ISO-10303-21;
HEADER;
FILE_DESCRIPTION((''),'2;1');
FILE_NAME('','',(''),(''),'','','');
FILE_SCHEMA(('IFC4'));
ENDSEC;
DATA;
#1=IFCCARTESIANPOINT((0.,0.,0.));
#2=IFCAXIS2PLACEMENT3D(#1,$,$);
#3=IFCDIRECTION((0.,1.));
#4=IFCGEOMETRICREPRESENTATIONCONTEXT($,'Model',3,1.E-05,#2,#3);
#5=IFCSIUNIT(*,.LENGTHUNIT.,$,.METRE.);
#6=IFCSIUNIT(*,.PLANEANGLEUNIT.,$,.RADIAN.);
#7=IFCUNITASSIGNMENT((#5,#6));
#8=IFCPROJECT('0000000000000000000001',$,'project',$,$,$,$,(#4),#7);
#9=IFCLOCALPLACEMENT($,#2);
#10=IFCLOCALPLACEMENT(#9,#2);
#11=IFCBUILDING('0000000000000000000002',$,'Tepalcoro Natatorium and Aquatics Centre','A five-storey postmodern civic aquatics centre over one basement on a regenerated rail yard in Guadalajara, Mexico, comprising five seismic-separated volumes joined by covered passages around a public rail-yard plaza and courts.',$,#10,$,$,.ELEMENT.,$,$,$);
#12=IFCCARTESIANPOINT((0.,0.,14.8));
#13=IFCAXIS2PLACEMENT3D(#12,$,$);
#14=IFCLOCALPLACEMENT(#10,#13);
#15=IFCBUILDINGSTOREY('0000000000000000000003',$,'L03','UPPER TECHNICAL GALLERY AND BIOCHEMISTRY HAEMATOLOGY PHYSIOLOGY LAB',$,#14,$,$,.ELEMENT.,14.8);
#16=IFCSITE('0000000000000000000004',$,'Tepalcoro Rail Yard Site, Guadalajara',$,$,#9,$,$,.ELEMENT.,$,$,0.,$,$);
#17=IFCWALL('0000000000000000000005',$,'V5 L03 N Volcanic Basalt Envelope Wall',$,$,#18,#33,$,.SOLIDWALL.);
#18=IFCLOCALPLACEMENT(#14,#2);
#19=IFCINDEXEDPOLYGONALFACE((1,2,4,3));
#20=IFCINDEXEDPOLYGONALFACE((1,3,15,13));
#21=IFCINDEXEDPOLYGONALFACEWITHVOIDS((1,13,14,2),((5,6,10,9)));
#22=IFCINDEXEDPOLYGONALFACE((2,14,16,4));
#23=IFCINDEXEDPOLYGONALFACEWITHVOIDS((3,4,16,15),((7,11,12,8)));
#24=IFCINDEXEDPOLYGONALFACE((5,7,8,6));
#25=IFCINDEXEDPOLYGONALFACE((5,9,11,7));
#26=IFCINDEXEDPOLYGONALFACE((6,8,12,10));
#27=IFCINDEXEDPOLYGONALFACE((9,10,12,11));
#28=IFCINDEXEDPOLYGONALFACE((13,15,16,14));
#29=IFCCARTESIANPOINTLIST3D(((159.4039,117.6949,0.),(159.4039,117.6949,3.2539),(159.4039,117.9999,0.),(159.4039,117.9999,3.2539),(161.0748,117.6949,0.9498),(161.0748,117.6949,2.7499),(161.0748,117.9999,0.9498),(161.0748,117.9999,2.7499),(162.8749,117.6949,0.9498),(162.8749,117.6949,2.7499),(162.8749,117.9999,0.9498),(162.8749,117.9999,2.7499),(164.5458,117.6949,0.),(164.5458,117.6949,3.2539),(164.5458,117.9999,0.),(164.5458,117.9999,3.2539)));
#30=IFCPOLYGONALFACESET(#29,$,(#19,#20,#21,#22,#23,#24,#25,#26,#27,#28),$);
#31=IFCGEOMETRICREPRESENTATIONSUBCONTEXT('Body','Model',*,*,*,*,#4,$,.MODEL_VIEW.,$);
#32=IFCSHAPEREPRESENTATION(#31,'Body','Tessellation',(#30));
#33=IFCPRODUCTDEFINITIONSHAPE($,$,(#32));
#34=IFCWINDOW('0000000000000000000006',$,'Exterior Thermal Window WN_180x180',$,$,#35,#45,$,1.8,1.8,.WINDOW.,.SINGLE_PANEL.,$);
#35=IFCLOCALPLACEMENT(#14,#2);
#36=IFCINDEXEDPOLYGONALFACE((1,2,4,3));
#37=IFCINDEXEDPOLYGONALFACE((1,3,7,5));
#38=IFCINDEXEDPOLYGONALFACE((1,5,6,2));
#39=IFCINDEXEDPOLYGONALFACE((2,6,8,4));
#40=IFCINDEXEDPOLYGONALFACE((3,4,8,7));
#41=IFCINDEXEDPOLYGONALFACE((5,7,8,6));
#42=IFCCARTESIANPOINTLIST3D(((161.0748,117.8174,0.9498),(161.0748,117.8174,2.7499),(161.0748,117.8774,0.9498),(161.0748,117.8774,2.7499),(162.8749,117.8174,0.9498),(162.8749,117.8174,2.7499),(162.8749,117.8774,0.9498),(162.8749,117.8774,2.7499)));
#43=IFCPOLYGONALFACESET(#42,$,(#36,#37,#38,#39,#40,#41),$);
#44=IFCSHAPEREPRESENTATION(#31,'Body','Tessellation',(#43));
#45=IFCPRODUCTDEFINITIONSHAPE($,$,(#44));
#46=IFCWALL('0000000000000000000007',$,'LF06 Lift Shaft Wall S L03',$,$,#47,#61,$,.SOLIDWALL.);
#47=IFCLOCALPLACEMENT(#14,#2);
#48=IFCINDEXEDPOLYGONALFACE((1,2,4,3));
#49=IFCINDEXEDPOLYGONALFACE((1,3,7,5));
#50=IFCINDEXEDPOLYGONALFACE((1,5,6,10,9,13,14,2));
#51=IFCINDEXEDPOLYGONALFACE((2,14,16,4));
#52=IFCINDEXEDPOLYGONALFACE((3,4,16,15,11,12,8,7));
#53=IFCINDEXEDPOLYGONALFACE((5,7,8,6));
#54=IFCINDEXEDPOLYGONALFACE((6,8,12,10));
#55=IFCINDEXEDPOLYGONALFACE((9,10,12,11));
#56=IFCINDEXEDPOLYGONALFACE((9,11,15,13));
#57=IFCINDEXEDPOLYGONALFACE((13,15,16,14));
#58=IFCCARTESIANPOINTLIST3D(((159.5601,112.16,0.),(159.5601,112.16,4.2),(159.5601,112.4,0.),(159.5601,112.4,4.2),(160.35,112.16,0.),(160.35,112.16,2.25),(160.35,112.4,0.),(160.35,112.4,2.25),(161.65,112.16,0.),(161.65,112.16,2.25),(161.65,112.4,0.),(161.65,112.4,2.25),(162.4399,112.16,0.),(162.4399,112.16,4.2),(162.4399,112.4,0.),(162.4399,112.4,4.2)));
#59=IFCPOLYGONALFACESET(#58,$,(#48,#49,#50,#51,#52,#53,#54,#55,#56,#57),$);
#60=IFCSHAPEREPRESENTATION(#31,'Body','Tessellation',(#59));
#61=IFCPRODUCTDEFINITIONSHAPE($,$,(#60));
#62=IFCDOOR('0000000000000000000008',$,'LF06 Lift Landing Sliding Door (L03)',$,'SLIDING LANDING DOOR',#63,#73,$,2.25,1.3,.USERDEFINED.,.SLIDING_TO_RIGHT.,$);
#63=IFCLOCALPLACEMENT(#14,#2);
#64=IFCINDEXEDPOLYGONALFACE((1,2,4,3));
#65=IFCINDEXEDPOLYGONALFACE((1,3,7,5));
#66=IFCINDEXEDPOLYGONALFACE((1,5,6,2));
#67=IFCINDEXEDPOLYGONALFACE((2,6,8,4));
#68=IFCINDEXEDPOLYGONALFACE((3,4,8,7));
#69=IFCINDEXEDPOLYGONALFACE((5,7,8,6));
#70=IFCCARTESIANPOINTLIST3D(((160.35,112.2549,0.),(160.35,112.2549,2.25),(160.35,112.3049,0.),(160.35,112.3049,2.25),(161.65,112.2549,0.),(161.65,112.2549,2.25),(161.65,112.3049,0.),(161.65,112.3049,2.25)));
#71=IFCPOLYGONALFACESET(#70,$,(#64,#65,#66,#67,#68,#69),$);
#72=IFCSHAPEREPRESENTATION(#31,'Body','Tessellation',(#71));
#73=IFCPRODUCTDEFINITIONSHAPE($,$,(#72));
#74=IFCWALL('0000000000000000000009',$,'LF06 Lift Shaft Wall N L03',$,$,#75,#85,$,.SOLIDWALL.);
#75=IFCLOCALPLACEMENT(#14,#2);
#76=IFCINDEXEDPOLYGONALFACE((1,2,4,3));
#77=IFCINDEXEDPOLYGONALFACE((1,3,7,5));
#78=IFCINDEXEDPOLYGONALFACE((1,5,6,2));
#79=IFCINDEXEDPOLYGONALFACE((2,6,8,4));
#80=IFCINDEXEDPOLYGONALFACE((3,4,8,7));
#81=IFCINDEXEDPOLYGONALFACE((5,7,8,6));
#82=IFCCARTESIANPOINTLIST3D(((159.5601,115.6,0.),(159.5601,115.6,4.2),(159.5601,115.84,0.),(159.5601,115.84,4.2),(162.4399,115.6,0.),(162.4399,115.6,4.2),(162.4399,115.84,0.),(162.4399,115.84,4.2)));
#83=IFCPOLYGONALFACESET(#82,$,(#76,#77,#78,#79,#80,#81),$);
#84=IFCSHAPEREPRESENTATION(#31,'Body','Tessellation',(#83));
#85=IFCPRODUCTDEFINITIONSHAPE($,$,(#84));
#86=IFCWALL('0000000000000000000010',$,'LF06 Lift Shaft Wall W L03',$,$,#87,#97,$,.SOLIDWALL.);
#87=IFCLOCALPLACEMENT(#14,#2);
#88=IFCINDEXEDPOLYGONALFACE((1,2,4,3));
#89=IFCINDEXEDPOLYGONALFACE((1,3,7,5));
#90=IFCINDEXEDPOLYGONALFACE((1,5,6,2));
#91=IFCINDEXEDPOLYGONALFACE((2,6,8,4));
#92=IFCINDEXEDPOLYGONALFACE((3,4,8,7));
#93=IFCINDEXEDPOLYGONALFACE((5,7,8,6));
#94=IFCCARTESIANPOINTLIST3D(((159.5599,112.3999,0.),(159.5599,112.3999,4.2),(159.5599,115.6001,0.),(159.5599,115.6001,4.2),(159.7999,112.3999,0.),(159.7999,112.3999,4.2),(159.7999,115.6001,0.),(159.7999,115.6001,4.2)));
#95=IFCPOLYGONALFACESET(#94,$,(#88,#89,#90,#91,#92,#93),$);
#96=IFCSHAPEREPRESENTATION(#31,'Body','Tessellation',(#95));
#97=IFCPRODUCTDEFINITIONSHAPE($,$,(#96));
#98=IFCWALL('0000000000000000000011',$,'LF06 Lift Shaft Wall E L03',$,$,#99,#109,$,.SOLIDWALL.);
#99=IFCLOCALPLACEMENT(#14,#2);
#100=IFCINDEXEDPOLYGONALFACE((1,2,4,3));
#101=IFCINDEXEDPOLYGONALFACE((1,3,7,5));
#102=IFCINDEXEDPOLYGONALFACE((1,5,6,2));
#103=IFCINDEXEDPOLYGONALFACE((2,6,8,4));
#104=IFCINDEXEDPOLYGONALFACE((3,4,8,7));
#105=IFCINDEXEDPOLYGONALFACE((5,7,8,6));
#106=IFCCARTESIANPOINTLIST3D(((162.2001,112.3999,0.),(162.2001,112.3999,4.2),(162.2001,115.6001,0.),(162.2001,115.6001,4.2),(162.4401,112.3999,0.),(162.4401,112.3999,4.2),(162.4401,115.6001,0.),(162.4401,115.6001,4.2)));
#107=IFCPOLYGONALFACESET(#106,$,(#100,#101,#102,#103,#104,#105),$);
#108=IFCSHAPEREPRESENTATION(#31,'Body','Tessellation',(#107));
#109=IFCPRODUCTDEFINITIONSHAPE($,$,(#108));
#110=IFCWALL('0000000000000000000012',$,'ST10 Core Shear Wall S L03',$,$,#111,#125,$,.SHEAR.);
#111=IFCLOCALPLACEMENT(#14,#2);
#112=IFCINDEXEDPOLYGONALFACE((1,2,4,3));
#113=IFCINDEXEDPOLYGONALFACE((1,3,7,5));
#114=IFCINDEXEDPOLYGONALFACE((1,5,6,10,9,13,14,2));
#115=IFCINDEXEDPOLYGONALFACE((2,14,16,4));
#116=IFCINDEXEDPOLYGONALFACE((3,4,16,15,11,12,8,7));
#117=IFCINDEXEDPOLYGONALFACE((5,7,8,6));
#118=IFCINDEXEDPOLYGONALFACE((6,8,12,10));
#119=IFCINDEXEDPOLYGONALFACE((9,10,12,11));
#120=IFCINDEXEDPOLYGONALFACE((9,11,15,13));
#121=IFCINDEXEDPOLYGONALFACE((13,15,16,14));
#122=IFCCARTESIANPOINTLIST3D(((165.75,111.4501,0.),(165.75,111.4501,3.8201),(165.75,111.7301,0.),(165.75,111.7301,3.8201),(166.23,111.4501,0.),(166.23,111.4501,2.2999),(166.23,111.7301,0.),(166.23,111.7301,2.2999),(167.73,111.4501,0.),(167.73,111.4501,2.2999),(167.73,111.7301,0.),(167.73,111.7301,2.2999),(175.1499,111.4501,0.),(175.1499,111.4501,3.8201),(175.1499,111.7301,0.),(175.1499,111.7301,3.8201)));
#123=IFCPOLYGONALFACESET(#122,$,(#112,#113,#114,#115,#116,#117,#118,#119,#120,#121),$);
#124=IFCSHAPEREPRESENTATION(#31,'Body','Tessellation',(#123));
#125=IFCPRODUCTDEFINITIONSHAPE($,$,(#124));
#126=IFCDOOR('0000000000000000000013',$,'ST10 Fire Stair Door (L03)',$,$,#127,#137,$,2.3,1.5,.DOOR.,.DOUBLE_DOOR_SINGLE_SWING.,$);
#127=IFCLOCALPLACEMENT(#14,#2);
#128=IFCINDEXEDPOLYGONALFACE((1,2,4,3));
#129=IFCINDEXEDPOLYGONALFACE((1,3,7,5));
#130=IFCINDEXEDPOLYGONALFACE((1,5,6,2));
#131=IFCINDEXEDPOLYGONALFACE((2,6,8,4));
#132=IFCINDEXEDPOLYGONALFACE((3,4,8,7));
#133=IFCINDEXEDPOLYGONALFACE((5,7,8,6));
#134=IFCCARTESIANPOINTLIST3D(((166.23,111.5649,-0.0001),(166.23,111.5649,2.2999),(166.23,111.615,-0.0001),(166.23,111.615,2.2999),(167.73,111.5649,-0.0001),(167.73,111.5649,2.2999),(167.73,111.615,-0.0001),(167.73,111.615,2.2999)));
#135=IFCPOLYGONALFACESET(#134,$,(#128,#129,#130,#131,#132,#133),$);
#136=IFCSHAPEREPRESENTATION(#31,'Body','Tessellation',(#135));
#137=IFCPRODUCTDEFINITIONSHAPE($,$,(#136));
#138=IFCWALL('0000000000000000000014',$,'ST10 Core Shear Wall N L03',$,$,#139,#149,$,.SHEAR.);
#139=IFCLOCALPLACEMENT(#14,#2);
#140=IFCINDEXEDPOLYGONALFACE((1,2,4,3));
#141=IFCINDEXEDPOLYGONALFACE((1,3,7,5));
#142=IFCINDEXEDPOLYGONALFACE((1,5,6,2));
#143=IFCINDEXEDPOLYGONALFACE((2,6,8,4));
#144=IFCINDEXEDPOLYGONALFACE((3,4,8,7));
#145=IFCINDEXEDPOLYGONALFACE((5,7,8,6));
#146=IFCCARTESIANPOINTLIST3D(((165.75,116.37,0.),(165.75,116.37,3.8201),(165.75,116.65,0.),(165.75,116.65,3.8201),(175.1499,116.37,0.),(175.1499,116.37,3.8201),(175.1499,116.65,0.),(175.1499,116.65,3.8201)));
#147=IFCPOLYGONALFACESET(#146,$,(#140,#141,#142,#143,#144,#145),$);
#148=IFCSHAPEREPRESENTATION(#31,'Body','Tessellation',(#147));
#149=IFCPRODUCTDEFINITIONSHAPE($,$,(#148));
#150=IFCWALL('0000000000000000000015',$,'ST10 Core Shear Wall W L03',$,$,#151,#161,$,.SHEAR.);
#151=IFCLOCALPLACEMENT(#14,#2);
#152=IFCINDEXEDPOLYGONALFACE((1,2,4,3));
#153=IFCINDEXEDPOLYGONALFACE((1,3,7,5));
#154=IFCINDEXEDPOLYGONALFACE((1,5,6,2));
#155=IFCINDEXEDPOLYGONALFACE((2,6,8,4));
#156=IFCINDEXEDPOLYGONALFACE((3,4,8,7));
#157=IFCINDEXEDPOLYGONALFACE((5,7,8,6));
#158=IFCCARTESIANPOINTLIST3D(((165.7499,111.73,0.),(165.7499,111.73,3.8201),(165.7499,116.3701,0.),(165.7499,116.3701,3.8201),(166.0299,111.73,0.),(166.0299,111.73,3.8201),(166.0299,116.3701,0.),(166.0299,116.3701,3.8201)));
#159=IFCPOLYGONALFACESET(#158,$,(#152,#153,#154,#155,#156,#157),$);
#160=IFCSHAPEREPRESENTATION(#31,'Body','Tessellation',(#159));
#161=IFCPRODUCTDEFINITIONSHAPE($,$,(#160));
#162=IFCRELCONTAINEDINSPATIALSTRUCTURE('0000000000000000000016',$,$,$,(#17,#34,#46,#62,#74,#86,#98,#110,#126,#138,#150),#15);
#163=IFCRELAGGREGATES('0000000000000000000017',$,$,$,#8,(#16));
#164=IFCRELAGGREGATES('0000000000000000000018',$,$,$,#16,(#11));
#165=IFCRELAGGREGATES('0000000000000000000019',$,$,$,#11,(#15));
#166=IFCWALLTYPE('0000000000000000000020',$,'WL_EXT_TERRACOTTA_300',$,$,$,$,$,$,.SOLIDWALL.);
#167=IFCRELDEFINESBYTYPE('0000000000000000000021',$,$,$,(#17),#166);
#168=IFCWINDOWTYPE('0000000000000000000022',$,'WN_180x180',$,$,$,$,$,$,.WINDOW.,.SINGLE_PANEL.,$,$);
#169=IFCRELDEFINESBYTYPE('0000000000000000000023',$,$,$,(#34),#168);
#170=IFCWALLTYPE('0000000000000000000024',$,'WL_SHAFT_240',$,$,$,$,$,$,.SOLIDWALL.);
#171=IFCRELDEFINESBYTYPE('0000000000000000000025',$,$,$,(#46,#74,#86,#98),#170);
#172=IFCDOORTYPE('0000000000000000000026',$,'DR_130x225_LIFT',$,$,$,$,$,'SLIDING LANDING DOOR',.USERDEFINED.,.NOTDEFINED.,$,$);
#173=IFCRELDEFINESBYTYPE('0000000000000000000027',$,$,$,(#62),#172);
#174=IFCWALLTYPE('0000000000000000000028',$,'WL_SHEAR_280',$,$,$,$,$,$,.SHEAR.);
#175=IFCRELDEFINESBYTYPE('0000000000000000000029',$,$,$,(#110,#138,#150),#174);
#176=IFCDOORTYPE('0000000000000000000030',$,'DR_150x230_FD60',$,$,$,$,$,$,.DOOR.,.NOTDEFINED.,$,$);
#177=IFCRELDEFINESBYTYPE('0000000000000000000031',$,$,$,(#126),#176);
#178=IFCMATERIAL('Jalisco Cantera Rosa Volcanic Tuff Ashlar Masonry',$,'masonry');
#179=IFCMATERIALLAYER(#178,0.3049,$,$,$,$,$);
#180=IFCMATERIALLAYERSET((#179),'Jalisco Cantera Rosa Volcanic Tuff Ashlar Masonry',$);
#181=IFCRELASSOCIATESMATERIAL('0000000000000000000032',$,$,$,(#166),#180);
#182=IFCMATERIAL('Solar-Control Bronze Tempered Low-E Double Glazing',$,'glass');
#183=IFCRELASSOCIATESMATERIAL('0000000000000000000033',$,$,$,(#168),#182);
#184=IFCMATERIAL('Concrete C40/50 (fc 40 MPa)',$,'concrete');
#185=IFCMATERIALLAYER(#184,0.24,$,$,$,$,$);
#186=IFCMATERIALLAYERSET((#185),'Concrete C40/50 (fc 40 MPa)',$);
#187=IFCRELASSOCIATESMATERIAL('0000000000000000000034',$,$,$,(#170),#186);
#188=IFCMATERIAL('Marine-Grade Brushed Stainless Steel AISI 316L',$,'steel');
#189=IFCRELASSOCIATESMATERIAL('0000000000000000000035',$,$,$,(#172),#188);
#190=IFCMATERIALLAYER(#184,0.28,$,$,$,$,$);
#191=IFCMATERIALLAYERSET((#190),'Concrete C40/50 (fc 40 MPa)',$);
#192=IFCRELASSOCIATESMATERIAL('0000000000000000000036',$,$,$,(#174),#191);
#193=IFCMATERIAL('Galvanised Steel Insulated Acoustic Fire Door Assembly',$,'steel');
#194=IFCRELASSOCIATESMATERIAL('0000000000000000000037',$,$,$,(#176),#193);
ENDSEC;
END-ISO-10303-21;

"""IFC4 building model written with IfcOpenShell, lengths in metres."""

from ifc_helpers import new_model, si_unit, direction, frame, frame_2d, origin, place, context, subcontext, project, spatial, rectangle, extrude, material, layer, layer_set, type_object, element, fill, save


model = new_model("IFC4")

# Units and contexts
model_context = context("Model", 3, precision=1e-05, world=origin(), true_north=direction((0.0, 1.0)))
body_context = subcontext(model_context, "Body", "Model", "MODEL_VIEW")
ifc_project = project(units=[si_unit("LENGTHUNIT", "METRE"), si_unit("PLANEANGLEUNIT", "RADIAN")], contexts=[model_context])

# Site, building, storey
site_placement = place(None, origin())
site = spatial("IfcSite", under=ifc_project, at=site_placement, Name="Tepalcoro Rail Yard Site, Guadalajara", CompositionType="ELEMENT", RefElevation=0.0)
building_placement = place(site_placement, origin())
building = spatial("IfcBuilding", under=site, at=building_placement, Name="Tepalcoro Natatorium and Aquatics Centre", Description="A five-storey postmodern civic aquatics centre over one basement on a regenerated rail yard in Guadalajara, Mexico, comprising five seismic-separated volumes joined by covered passages around a public rail-yard plaza and courts.", CompositionType="ELEMENT")
storey_placement = place(building_placement, frame((0.0, 0.0, 14.8)))
storey = spatial("IfcBuildingStorey", under=building, at=storey_placement, Name="L03", Description="UPPER TECHNICAL GALLERY AND BIOCHEMISTRY HAEMATOLOGY PHYSIOLOGY LAB", CompositionType="ELEMENT", Elevation=14.8)

# Shared definitions
ifc_material_1 = material(Name="Concrete C40/50 (fc 40 MPa)", Category="concrete")

# Wall, opening, window
ifc_material_2 = material(Name="Jalisco Cantera Rosa Volcanic Tuff Ashlar Masonry", Category="masonry")
ifc_layer_1 = layer(ifc_material_2, 0.3049)
ifc_layer_set_1 = layer_set([ifc_layer_1], Name="Jalisco Cantera Rosa Volcanic Tuff Ashlar Masonry")
wall_type_1 = type_object("IfcWallType", Name="WL_EXT_TERRACOTTA_300", PredefinedType="SOLIDWALL", material=ifc_layer_set_1)
wall_1_placement = place(storey_placement, frame((159.4041, 117.8474, 0.0), z_axis=(0.0, 0.0, 1.0), x_axis=(1.0, 0.0, 0.0)))
wall_1 = element("IfcWall", 1, at=wall_1_placement, inside=storey, type_object=wall_type_1, Name="V5 L03 N Volcanic Basalt Envelope Wall", PredefinedType="SOLIDWALL", context=body_context, shape_type="SweptSolid", body=[
    extrude(rectangle(XDim=5.1418, YDim=0.3049, at=frame_2d((2.5708, 0.0))), origin(), (0.0, 0.0, 1.0), 3.2539),
])
opening_1_placement = place(wall_1_placement, frame((1.6709, 0.0, 0.95)))
opening_1 = element("IfcOpeningElement", 2, at=opening_1_placement, cuts=wall_1, PredefinedType="OPENING", context=body_context, shape_type="SweptSolid", body=[
    extrude(rectangle(XDim=1.8, YDim=1.8, at=frame_2d((0.8999, 0.8999))), frame((0.0, 0.1646, 0.0), z_axis=(0.0, -1.0, 0.0), x_axis=(1.0, 0.0, 0.0)), (0.0, 0.0, 1.0), 0.3289),
])
ifc_material_3 = material(Name="Solar-Control Bronze Tempered Low-E Double Glazing", Category="glass")
window_type = type_object("IfcWindowType", Name="WN_180x180", PartitioningType="SINGLE_PANEL", PredefinedType="WINDOW", material=ifc_material_3)
window_placement = place(opening_1_placement, origin())
window = element("IfcWindow", 3, at=window_placement, inside=storey, type_object=window_type, Name="Exterior Thermal Window WN_180x180", OverallHeight=1.8, OverallWidth=1.8, PartitioningType="SINGLE_PANEL", PredefinedType="WINDOW", context=body_context, shape_type="SweptSolid", body=[
    extrude(rectangle(XDim=1.8, YDim=1.8, at=frame_2d((0.8999, 0.8999))), frame((0.0, 0.03, 0.0), z_axis=(0.0, -1.0, 0.0), x_axis=(1.0, 0.0, 0.0)), (0.0, 0.0, 1.0), 0.0601),
])
fill(opening_1, window)

# Wall, opening, door
ifc_layer_2 = layer(ifc_material_1, 0.24)
ifc_layer_set_2 = layer_set([ifc_layer_2], Name="Concrete C40/50 (fc 40 MPa)")
wall_type_2 = type_object("IfcWallType", Name="WL_SHAFT_240", PredefinedType="SOLIDWALL", material=ifc_layer_set_2)
wall_2_placement = place(storey_placement, frame((159.5601, 112.28, 0.0), z_axis=(0.0, 0.0, 1.0), x_axis=(1.0, 0.0, 0.0)))
wall_2 = element("IfcWall", 4, at=wall_2_placement, inside=storey, type_object=wall_type_2, Name="LF06 Lift Shaft Wall S L03", PredefinedType="SOLIDWALL", context=body_context, shape_type="SweptSolid", body=[
    extrude(rectangle(XDim=2.8799, YDim=0.24, at=frame_2d((1.4399, 0.0))), origin(), (0.0, 0.0, 1.0), 4.2),
])
opening_2_placement = place(wall_2_placement, frame((0.79, 0.0, 0.0)))
opening_2 = element("IfcOpeningElement", 5, at=opening_2_placement, cuts=wall_2, PredefinedType="OPENING", context=body_context, shape_type="SweptSolid", body=[
    extrude(rectangle(XDim=1.3, YDim=2.25, at=frame_2d((0.6499, 1.125))), frame((0.0, 0.1318, 0.0), z_axis=(0.0, -1.0, 0.0), x_axis=(1.0, 0.0, 0.0)), (0.0, 0.0, 1.0), 0.2639),
])
ifc_material_4 = material(Name="Marine-Grade Brushed Stainless Steel AISI 316L", Category="steel")
door_type_1 = type_object("IfcDoorType", Name="DR_130x225_LIFT", ElementType="SLIDING LANDING DOOR", OperationType="NOTDEFINED", PredefinedType="USERDEFINED", material=ifc_material_4)
door_1_placement = place(opening_2_placement, origin())
door_1 = element("IfcDoor", 6, at=door_1_placement, inside=storey, type_object=door_type_1, Name="LF06 Lift Landing Sliding Door (L03)", ObjectType="SLIDING LANDING DOOR", OperationType="SLIDING_TO_RIGHT", OverallHeight=2.25, OverallWidth=1.3, PredefinedType="USERDEFINED", context=body_context, shape_type="SweptSolid", body=[
    extrude(rectangle(XDim=1.3, YDim=2.25, at=frame_2d((0.6499, 1.125))), frame((0.0, 0.0249, 0.0), z_axis=(0.0, -1.0, 0.0), x_axis=(1.0, 0.0, 0.0)), (0.0, 0.0, 1.0), 0.05),
])
fill(opening_2, door_1)

# Walls
wall_3_placement = place(storey_placement, frame((159.5601, 115.72, 0.0), z_axis=(0.0, 0.0, 1.0), x_axis=(1.0, 0.0, 0.0)))
element("IfcWall", 7, at=wall_3_placement, inside=storey, type_object=wall_type_2, Name="LF06 Lift Shaft Wall N L03", PredefinedType="SOLIDWALL", context=body_context, shape_type="SweptSolid", body=[
    extrude(rectangle(XDim=2.8799, YDim=0.24, at=frame_2d((1.4399, 0.0))), origin(), (0.0, 0.0, 1.0), 4.2),
])
for number, where, z_axis, x_axis, name in (
    (8, (159.6799, 112.3999, 0.0), (0.0, 0.0, 1.0), (0.0, 1.0, 0.0), "LF06 Lift Shaft Wall W L03"),
    (9, (162.3201, 112.3999, 0.0), (0.0, 0.0, 1.0), (0.0, 1.0, 0.0), "LF06 Lift Shaft Wall E L03"),
):
    element("IfcWall", number, at=place(storey_placement, frame(where, z_axis=z_axis, x_axis=x_axis)), inside=storey, type_object=wall_type_2, Name=name, PredefinedType="SOLIDWALL", context=body_context, shape_type="SweptSolid", body=[
        extrude(rectangle(XDim=3.2002, YDim=0.24, at=frame_2d((1.6001, 0.0))), origin(), (0.0, 0.0, 1.0), 4.2),
    ])

# Wall, opening, door
ifc_layer_3 = layer(ifc_material_1, 0.28)
ifc_layer_set_3 = layer_set([ifc_layer_3], Name="Concrete C40/50 (fc 40 MPa)")
wall_type_3 = type_object("IfcWallType", Name="WL_SHEAR_280", PredefinedType="SHEAR", material=ifc_layer_set_3)
wall_4_placement = place(storey_placement, frame((165.75, 111.5901, 0.0), z_axis=(0.0, 0.0, 1.0), x_axis=(1.0, 0.0, 0.0)))
wall_4 = element("IfcWall", 10, at=wall_4_placement, inside=storey, type_object=wall_type_3, Name="ST10 Core Shear Wall S L03", PredefinedType="SHEAR", context=body_context, shape_type="SweptSolid", body=[
    extrude(rectangle(XDim=9.3999, YDim=0.28, at=frame_2d((4.7, 0.0))), origin(), (0.0, 0.0, 1.0), 3.8201),
])
opening_3_placement = place(wall_4_placement, frame((0.48, 0.0, 0.0)))
opening_3 = element("IfcOpeningElement", 11, at=opening_3_placement, cuts=wall_4, PredefinedType="OPENING", context=body_context, shape_type="SweptSolid", body=[
    extrude(rectangle(XDim=1.5, YDim=2.3, at=frame_2d((0.75, 1.1499))), frame((0.0, 0.1519, 0.0), z_axis=(0.0, -1.0, 0.0), x_axis=(1.0, 0.0, 0.0)), (0.0, 0.0, 1.0), 0.304),
])
ifc_material_5 = material(Name="Galvanised Steel Insulated Acoustic Fire Door Assembly", Category="steel")
door_type_2 = type_object("IfcDoorType", Name="DR_150x230_FD60", OperationType="NOTDEFINED", PredefinedType="DOOR", material=ifc_material_5)
door_2_placement = place(opening_3_placement, origin())
door_2 = element("IfcDoor", 12, at=door_2_placement, inside=storey, type_object=door_type_2, Name="ST10 Fire Stair Door (L03)", OperationType="DOUBLE_DOOR_SINGLE_SWING", OverallHeight=2.3, OverallWidth=1.5, PredefinedType="DOOR", context=body_context, shape_type="SweptSolid", body=[
    extrude(rectangle(XDim=1.5, YDim=2.3, at=frame_2d((0.75, 1.1499))), frame((0.0, 0.0249, 0.0), z_axis=(0.0, -1.0, 0.0), x_axis=(1.0, 0.0, 0.0)), (0.0, 0.0, 1.0), 0.05),
])
fill(opening_3, door_2)

# Walls
wall_5_placement = place(storey_placement, frame((165.75, 116.51, 0.0), z_axis=(0.0, 0.0, 1.0), x_axis=(1.0, 0.0, 0.0)))
element("IfcWall", 13, at=wall_5_placement, inside=storey, type_object=wall_type_3, Name="ST10 Core Shear Wall N L03", PredefinedType="SHEAR", context=body_context, shape_type="SweptSolid", body=[
    extrude(rectangle(XDim=9.3999, YDim=0.28, at=frame_2d((4.7, 0.0))), origin(), (0.0, 0.0, 1.0), 3.8201),
])
wall_6_placement = place(storey_placement, frame((165.8899, 111.73, 0.0), z_axis=(0.0, 0.0, 1.0), x_axis=(0.0, 1.0, 0.0)))
element("IfcWall", 14, at=wall_6_placement, inside=storey, type_object=wall_type_3, Name="ST10 Core Shear Wall W L03", PredefinedType="SHEAR", context=body_context, shape_type="SweptSolid", body=[
    extrude(rectangle(XDim=4.6401, YDim=0.28, at=frame_2d((2.3201, 0.0))), origin(), (0.0, 0.0, 1.0), 3.8201),
])

save(model, "model.ifc")
